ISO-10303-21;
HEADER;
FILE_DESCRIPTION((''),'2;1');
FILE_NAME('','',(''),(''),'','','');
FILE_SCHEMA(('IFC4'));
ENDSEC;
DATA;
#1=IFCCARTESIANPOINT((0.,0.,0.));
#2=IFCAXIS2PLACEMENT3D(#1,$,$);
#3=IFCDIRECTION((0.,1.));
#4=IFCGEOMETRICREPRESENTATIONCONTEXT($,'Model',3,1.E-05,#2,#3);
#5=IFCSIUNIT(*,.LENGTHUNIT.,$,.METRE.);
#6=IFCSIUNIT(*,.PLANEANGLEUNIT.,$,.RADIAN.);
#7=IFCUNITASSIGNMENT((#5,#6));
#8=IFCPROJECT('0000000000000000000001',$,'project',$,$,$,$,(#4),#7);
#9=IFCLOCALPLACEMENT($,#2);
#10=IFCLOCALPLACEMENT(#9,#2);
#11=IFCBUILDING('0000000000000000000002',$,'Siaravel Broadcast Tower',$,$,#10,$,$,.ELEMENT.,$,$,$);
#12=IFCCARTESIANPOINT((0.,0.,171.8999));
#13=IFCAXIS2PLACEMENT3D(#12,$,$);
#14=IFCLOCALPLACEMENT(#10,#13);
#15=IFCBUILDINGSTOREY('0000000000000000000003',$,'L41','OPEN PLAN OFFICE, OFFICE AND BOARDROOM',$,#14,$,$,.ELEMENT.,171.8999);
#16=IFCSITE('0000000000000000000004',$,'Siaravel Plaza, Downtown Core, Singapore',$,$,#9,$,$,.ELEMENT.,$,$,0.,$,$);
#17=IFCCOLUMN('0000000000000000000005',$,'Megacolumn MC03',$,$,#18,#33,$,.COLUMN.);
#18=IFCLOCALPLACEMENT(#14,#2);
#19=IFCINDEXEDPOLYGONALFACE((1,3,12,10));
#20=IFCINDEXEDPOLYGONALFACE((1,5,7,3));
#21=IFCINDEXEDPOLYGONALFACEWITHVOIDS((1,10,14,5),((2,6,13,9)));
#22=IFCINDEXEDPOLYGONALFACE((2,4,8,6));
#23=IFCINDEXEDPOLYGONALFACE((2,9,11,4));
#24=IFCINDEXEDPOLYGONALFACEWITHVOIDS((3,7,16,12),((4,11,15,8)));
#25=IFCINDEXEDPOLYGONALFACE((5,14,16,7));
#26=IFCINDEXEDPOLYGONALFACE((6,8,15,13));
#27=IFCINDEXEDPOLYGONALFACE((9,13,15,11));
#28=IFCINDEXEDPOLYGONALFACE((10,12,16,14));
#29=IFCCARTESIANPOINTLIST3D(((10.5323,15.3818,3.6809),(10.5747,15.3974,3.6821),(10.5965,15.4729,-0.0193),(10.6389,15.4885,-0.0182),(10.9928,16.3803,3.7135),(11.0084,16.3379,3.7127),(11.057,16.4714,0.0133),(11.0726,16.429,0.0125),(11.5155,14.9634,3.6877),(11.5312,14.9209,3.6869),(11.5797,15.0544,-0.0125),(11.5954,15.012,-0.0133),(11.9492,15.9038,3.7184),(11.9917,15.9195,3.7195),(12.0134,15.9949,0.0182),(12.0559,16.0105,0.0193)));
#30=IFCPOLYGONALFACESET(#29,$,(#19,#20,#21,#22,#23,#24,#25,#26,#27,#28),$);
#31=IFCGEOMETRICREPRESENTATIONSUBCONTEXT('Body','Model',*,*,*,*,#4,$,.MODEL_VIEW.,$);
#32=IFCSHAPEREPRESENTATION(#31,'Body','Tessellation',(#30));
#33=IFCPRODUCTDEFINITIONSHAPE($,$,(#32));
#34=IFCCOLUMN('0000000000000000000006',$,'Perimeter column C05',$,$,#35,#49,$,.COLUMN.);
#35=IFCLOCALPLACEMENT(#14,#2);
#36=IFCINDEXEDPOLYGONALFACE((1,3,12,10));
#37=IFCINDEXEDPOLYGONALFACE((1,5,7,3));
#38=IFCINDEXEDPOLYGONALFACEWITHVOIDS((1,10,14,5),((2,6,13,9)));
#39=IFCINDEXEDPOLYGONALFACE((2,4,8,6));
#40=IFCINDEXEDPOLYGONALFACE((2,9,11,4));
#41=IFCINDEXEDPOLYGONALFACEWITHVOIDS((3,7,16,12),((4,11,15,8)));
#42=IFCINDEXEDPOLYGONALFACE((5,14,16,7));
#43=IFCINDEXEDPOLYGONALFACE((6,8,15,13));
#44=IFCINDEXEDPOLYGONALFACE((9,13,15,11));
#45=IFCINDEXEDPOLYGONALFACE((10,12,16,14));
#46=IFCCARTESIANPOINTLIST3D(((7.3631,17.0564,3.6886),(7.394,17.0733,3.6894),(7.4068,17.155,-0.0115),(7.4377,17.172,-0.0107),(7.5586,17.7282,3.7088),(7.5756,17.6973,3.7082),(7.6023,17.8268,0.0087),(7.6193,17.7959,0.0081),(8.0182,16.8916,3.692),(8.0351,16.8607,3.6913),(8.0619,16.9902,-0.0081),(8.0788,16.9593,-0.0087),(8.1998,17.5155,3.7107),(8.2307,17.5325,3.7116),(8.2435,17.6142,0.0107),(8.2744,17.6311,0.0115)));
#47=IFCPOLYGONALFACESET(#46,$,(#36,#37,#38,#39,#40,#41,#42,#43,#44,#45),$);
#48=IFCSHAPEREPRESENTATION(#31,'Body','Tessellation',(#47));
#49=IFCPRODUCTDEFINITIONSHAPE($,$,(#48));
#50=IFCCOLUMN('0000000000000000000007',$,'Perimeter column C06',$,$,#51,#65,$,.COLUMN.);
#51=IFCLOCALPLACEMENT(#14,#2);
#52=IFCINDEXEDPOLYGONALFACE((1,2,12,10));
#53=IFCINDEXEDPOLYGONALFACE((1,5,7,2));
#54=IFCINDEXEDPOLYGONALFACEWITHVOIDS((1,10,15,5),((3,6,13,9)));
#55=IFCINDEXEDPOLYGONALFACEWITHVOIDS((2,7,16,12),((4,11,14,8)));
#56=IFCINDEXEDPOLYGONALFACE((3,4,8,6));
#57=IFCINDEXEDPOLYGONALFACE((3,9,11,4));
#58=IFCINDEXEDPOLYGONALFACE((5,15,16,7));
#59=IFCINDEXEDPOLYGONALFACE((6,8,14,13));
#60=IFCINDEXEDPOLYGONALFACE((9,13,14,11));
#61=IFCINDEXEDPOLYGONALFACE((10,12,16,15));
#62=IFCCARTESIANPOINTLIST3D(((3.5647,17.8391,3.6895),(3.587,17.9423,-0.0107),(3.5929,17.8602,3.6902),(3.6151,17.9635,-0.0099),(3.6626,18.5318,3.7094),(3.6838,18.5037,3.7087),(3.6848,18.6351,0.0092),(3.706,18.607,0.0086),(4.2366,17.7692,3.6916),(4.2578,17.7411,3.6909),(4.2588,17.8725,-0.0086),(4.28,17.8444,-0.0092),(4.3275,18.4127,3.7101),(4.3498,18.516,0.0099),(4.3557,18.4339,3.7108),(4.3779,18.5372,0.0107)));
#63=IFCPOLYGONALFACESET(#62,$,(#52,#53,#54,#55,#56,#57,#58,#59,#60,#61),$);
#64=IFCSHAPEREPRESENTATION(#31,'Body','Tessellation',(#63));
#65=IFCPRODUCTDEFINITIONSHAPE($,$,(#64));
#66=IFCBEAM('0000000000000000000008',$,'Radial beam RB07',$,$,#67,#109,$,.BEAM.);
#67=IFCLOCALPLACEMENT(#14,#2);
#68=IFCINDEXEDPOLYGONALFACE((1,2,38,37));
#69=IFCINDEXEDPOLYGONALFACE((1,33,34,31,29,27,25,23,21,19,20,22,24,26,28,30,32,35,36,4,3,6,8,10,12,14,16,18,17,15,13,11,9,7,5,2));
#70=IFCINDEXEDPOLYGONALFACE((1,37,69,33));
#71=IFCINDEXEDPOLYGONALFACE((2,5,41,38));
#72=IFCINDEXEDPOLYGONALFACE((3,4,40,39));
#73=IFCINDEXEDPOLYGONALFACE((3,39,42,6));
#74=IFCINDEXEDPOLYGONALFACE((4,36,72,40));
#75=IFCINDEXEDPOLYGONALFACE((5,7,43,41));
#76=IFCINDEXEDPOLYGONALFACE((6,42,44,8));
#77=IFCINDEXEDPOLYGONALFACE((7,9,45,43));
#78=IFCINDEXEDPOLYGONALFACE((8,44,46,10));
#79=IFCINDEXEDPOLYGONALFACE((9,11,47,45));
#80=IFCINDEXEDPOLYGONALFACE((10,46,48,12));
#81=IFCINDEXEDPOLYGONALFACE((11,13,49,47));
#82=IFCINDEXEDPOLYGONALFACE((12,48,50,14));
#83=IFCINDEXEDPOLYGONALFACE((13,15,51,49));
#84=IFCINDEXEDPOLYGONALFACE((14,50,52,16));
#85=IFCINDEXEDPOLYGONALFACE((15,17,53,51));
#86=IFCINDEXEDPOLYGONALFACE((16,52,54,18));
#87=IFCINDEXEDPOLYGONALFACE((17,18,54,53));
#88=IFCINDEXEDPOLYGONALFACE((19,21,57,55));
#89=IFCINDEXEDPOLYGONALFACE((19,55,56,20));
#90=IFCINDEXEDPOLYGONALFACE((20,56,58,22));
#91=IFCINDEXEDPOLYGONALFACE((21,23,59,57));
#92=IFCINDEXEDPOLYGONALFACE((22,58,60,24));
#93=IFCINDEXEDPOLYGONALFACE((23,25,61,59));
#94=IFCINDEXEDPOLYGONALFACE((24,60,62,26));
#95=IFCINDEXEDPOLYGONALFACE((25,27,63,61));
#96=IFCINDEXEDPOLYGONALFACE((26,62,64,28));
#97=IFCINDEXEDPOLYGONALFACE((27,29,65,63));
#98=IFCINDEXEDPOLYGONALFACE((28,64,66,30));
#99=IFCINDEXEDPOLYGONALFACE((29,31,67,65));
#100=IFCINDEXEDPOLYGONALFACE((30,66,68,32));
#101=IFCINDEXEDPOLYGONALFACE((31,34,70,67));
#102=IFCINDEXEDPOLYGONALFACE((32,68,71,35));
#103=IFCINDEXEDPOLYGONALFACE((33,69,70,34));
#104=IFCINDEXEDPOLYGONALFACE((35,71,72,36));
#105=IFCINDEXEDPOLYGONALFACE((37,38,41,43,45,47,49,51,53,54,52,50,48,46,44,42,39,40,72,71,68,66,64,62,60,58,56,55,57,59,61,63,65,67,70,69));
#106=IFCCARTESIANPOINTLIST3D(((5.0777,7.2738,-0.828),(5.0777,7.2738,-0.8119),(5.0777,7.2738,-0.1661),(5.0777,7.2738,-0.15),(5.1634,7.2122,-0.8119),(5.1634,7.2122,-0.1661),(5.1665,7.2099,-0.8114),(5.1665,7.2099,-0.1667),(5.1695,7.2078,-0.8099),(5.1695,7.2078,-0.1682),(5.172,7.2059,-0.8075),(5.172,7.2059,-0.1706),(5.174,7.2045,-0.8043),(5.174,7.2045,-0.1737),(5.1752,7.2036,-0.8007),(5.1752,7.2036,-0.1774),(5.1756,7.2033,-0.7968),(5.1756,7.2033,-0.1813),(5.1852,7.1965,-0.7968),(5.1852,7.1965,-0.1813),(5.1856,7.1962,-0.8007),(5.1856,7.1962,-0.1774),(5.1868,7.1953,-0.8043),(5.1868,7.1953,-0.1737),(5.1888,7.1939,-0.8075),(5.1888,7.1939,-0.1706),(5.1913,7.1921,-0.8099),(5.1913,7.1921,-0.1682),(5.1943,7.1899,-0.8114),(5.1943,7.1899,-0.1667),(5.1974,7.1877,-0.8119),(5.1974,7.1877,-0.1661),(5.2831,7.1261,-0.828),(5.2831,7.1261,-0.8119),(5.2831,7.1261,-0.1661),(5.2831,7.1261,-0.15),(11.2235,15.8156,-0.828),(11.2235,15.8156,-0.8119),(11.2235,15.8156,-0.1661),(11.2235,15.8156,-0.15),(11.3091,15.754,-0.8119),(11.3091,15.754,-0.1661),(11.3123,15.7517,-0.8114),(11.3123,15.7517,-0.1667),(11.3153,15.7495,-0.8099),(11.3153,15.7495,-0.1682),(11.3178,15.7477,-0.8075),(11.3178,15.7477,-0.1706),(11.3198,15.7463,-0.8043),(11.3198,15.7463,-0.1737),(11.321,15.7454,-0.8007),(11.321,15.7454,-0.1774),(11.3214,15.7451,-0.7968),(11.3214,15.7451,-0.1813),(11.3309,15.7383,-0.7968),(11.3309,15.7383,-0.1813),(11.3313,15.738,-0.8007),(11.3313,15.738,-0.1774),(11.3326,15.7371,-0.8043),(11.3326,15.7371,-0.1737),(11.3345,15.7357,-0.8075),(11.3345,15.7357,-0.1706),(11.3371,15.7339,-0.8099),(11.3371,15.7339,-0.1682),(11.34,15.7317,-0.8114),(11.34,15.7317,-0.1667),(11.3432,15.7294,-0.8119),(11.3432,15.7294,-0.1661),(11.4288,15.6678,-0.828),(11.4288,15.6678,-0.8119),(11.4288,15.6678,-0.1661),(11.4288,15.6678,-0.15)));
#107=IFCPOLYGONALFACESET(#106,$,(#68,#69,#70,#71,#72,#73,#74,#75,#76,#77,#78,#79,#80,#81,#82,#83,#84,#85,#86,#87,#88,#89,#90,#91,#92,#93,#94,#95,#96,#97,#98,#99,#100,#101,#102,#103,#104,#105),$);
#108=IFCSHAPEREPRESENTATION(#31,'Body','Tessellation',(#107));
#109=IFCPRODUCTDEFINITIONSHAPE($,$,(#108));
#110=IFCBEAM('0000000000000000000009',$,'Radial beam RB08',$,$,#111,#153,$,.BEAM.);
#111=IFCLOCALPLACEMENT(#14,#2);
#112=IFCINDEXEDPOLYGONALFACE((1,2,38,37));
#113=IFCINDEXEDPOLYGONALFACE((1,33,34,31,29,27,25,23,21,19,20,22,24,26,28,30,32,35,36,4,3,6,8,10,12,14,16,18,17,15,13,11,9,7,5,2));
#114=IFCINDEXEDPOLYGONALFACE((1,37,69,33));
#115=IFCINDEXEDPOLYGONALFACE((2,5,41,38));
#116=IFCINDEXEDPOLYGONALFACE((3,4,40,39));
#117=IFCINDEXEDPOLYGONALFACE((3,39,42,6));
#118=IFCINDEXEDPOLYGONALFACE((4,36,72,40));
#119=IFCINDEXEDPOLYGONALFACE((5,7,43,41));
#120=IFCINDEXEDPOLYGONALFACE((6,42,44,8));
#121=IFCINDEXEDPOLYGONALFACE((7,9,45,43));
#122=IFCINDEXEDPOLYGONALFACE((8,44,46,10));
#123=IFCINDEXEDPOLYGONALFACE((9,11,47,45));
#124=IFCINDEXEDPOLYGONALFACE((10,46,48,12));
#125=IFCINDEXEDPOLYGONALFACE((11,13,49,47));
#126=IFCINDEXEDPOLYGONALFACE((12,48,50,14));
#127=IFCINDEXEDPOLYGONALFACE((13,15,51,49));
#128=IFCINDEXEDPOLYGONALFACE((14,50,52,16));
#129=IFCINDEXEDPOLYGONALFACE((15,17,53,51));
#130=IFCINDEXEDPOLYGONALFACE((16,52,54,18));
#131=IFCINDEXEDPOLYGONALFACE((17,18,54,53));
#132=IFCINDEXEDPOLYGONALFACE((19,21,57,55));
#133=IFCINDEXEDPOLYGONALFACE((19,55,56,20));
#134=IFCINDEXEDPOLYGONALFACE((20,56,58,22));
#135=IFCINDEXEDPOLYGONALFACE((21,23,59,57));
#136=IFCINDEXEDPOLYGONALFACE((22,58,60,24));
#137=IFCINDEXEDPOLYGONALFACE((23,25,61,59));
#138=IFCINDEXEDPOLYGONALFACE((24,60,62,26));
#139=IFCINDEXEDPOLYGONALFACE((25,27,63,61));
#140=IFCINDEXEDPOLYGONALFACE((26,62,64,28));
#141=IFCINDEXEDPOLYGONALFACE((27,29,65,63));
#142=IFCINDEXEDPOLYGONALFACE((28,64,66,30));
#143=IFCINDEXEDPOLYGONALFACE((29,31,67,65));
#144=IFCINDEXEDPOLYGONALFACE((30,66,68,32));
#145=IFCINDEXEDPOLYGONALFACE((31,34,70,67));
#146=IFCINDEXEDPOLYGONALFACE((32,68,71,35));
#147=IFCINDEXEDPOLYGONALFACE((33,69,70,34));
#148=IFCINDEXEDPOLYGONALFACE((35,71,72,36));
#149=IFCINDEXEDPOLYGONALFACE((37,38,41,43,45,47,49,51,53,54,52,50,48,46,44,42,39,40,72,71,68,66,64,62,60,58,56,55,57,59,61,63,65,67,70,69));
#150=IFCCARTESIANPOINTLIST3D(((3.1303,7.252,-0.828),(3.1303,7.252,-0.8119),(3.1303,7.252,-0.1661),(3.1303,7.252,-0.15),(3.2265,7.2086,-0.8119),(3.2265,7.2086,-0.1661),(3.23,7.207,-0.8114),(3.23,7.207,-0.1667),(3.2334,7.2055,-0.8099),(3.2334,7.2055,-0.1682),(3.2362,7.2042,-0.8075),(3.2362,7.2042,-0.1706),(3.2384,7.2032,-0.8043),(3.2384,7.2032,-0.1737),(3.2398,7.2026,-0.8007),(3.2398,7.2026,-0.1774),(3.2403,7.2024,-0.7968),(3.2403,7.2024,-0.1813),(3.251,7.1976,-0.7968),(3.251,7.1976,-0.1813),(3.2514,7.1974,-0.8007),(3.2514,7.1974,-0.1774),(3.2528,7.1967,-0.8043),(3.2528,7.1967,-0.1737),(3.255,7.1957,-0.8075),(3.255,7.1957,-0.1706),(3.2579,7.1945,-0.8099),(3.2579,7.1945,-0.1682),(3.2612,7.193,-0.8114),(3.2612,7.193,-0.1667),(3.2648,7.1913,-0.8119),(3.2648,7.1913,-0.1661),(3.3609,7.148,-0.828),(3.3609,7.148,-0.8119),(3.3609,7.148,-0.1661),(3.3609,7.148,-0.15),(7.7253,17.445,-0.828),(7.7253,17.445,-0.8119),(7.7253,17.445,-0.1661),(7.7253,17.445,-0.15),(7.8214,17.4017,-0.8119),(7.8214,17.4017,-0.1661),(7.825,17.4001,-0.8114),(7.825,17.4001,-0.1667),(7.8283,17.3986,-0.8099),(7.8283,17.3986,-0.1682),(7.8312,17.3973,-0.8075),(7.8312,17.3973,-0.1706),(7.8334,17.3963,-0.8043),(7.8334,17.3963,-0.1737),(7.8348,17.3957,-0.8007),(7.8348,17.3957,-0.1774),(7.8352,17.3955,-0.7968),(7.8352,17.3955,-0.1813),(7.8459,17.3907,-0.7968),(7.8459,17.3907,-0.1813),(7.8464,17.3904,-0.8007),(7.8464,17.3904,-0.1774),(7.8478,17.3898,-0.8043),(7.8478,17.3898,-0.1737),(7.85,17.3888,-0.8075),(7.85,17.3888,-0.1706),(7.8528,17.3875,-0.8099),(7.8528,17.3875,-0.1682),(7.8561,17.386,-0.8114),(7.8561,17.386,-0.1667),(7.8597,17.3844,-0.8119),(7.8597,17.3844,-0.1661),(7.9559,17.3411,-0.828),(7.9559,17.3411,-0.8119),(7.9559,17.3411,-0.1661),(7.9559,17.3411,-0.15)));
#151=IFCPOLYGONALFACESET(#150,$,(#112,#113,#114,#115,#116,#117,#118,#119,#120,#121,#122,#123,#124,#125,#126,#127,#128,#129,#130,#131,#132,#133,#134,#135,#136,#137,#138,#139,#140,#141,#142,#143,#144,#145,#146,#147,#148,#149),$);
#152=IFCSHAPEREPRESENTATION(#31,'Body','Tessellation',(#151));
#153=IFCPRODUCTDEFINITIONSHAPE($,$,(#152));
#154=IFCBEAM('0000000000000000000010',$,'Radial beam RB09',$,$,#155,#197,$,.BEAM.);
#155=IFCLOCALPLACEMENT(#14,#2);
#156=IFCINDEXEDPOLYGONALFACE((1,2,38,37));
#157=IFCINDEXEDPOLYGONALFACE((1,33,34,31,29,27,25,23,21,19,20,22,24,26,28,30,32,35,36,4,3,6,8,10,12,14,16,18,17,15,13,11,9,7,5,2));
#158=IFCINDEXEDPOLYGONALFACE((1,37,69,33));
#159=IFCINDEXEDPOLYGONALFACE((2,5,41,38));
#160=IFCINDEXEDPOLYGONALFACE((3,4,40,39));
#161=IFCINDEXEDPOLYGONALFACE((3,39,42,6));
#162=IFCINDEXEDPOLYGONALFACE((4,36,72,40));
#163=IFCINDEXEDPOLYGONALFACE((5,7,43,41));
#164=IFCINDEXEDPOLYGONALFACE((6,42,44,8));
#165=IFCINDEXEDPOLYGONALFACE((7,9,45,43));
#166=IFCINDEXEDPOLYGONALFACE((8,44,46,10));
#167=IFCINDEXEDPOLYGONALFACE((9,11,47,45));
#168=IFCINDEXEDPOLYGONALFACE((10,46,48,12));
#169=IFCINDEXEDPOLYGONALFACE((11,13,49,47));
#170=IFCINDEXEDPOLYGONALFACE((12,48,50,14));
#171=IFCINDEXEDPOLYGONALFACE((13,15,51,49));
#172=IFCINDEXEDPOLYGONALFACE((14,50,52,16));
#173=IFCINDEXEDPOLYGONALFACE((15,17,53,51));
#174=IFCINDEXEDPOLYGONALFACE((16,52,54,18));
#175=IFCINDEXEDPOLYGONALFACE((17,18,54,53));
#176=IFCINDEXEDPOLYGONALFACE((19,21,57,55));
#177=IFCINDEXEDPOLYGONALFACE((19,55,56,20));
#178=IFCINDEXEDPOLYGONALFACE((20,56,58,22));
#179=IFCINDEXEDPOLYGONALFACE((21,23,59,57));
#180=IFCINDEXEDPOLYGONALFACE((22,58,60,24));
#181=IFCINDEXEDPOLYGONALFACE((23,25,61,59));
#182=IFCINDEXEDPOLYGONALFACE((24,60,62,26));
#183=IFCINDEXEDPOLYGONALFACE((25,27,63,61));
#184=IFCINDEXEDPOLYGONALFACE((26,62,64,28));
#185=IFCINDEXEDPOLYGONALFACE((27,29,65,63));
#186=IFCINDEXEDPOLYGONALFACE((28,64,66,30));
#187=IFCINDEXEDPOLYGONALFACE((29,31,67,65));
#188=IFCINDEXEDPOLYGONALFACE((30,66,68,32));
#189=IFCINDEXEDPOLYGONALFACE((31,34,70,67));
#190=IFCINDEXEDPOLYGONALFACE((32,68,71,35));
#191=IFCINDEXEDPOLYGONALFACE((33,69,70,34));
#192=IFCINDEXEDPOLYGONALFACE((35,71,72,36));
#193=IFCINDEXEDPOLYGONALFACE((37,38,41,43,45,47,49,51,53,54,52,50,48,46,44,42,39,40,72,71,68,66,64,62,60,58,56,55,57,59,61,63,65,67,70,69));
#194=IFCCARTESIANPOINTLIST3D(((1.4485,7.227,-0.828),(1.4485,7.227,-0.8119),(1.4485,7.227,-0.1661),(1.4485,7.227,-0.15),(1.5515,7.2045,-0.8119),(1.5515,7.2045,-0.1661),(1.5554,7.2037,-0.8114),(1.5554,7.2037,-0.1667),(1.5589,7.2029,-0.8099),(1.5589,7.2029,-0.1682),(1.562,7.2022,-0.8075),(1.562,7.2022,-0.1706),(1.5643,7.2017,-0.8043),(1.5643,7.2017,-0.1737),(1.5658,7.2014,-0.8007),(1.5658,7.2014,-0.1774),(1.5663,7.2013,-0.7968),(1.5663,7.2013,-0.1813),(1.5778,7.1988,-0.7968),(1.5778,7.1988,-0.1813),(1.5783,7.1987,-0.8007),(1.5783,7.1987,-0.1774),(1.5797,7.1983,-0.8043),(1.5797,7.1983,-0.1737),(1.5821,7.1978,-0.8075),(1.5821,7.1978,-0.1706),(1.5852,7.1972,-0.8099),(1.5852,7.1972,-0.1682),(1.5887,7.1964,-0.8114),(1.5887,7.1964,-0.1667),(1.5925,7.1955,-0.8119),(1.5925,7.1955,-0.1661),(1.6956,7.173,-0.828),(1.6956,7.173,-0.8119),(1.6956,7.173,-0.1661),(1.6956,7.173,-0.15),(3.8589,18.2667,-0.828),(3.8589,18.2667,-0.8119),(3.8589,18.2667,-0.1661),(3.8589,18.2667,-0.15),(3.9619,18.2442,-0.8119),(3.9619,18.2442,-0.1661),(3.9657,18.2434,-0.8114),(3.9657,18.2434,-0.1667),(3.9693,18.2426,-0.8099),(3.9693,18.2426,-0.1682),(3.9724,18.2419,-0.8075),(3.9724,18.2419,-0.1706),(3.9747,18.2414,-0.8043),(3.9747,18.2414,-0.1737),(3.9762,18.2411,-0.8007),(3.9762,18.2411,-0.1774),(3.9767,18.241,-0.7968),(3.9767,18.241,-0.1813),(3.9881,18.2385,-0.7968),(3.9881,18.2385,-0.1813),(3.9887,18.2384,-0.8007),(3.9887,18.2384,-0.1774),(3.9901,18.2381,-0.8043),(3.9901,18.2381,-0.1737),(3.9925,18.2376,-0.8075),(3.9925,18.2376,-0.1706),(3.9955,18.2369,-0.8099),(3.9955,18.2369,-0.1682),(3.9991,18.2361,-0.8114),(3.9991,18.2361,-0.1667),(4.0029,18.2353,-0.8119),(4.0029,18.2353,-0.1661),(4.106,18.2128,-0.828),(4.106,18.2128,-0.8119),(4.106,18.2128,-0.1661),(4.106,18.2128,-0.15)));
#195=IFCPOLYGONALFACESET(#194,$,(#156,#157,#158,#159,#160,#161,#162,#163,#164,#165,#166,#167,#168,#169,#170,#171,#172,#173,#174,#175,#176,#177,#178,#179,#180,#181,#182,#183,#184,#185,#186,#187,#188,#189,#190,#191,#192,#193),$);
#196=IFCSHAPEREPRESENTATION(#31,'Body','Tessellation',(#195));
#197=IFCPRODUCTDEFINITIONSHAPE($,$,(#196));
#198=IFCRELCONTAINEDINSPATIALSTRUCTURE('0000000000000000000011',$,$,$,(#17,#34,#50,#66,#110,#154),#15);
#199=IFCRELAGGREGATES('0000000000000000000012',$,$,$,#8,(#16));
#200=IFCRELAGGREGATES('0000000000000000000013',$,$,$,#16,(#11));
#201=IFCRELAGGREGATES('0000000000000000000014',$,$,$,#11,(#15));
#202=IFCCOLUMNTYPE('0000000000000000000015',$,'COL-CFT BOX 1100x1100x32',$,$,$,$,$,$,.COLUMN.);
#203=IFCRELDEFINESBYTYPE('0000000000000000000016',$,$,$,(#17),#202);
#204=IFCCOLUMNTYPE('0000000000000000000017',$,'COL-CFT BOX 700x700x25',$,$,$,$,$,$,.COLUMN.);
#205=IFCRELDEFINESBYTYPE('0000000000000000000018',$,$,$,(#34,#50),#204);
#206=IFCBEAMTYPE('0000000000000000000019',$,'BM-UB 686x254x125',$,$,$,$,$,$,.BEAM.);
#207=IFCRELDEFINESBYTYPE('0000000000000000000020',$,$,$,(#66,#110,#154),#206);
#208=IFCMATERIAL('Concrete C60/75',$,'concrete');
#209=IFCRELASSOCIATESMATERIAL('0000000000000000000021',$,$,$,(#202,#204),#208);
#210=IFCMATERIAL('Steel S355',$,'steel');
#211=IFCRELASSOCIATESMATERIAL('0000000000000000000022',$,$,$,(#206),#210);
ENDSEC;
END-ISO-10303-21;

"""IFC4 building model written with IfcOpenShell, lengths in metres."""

from ifc_helpers import new_model, si_unit, direction, frame, origin, origin_2d, place, context, subcontext, project, spatial, hollow_rectangle, i_section, extrude, material, material_profile, profile_set, type_object, element, save


model = new_model("IFC4")

# Units and contexts
model_context = context("Model", 3, precision=1e-05, world=origin(), true_north=direction((0.0, 1.0)))
body_context = subcontext(model_context, "Body", "Model", "MODEL_VIEW")
ifc_project = project(units=[si_unit("LENGTHUNIT", "METRE"), si_unit("PLANEANGLEUNIT", "RADIAN")], contexts=[model_context])

# Site, building, storey
site_placement = place(None, origin())
site = spatial("IfcSite", under=ifc_project, at=site_placement, Name="Siaravel Plaza, Downtown Core, Singapore", CompositionType="ELEMENT", RefElevation=0.0)
building_placement = place(site_placement, origin())
building = spatial("IfcBuilding", under=site, at=building_placement, Name="Siaravel Broadcast Tower", CompositionType="ELEMENT")
storey_placement = place(building_placement, frame((0.0, 0.0, 171.8999)))
storey = spatial("IfcBuildingStorey", under=building, at=storey_placement, Name="L41", Description="OPEN PLAN OFFICE, OFFICE AND BOARDROOM", CompositionType="ELEMENT", Elevation=171.8999)

# Columns
ifc_material_1 = material(Name="Concrete C60/75", Category="concrete")
ifc_material_profile_1 = material_profile(ifc_material_1, hollow_rectangle(XDim=1.1001, YDim=1.1001, WallThickness=0.032, at=origin_2d()))
ifc_profile_set_1 = profile_set([ifc_material_profile_1], Name="Concrete C60/75")
column_type_1 = type_object("IfcColumnType", Name="COL-CFT BOX 1100x1100x32", PredefinedType="COLUMN", material=ifc_profile_set_1)
column_placement = place(storey_placement, frame((11.3262, 15.7417, 0.0), z_axis=(-0.017345, -0.0246, 0.999547), x_axis=(0.908005, -0.418924, 0.005446)))
element("IfcColumn", 1, at=column_placement, inside=storey, type_object=column_type_1, Name="Megacolumn MC03", PredefinedType="COLUMN", context=body_context, shape_type="SweptSolid", body=[
    extrude(hollow_rectangle(XDim=1.1001, YDim=1.1001, WallThickness=0.032, at=origin_2d()), origin(), (0.0, 0.0, 1.0), 3.7019),
])
ifc_material_profile_2 = material_profile(ifc_material_1, hollow_rectangle(XDim=0.7, YDim=0.7, WallThickness=0.0249, at=origin_2d()))
ifc_profile_set_2 = profile_set([ifc_material_profile_2], Name="Concrete C60/75")
column_type_2 = type_object("IfcColumnType", Name="COL-CFT BOX 700x700x25", PredefinedType="COLUMN", material=ifc_profile_set_2)
for number, where, z_axis, x_axis, name in (
    (2, (7.8406, 17.3931, 0.0), (-0.011805, -0.026645, 0.999575), (0.960112, -0.27959, 0.003887), "Perimeter column C05"),
    (3, (3.9824, 18.2397, 0.0), (-0.006002, -0.027898, 0.999593), (0.990157, -0.139945, 0.002039), "Perimeter column C06"),
):
    element("IfcColumn", number, at=place(storey_placement, frame(where, z_axis=z_axis, x_axis=x_axis)), inside=storey, type_object=column_type_2, Name=name, PredefinedType="COLUMN", context=body_context, shape_type="SweptSolid", body=[
        extrude(hollow_rectangle(XDim=0.7, YDim=0.7, WallThickness=0.0249, at=origin_2d()), origin(), (0.0, 0.0, 1.0), 3.7017),
    ])

# Beams
ifc_material_2 = material(Name="Steel S355", Category="steel")
ifc_material_profile_3 = material_profile(ifc_material_2, i_section(OverallWidth=0.2529, OverallDepth=0.678, WebThickness=0.0117, FlangeThickness=0.0161, FilletRadius=0.0151, at=origin_2d()))
ifc_profile_set_3 = profile_set([ifc_material_profile_3], Name="Steel S355")
beam_type = type_object("IfcBeamType", Name="BM-UB 686x254x125", PredefinedType="BEAM", material=ifc_profile_set_3)
beam_1_placement = place(storey_placement, frame((11.3262, 15.7417, -0.489), z_axis=(-0.584035, -0.811728, 0.0), x_axis=(0.811728, -0.584035, 0.0)))
element("IfcBeam", 4, at=beam_1_placement, inside=storey, type_object=beam_type, Name="Radial beam RB07", PredefinedType="BEAM", context=body_context, shape_type="SweptSolid", body=[
    extrude(i_section(OverallWidth=0.2529, OverallDepth=0.678, WebThickness=0.0117, FlangeThickness=0.0161, FilletRadius=0.0151, at=origin_2d()), origin(), (0.0, 0.0, 1.0), 10.5229),
])
beam_2_placement = place(storey_placement, frame((7.8406, 17.3931, -0.489), z_axis=(-0.410965, -0.911651, 0.0), x_axis=(0.911651, -0.410965, 0.0)))
element("IfcBeam", 5, at=beam_2_placement, inside=storey, type_object=beam_type, Name="Radial beam RB08", PredefinedType="BEAM", context=body_context, shape_type="SweptSolid", body=[
    extrude(i_section(OverallWidth=0.2529, OverallDepth=0.678, WebThickness=0.0117, FlangeThickness=0.0161, FilletRadius=0.0151, at=origin_2d()), origin(), (0.0, 0.0, 1.0), 11.1809),
])
beam_3_placement = place(storey_placement, frame((3.9824, 18.2397, -0.489), z_axis=(-0.213312, -0.976984, 0.0), x_axis=(0.976984, -0.213312, 0.0)))
element("IfcBeam", 6, at=beam_3_placement, inside=storey, type_object=beam_type, Name="Radial beam RB09", PredefinedType="BEAM", context=body_context, shape_type="SweptSolid", body=[
    extrude(i_section(OverallWidth=0.2529, OverallDepth=0.678, WebThickness=0.0117, FlangeThickness=0.0161, FilletRadius=0.0151, at=origin_2d()), origin(), (0.0, 0.0, 1.0), 11.2998),
])

save(model, "model.ifc")
